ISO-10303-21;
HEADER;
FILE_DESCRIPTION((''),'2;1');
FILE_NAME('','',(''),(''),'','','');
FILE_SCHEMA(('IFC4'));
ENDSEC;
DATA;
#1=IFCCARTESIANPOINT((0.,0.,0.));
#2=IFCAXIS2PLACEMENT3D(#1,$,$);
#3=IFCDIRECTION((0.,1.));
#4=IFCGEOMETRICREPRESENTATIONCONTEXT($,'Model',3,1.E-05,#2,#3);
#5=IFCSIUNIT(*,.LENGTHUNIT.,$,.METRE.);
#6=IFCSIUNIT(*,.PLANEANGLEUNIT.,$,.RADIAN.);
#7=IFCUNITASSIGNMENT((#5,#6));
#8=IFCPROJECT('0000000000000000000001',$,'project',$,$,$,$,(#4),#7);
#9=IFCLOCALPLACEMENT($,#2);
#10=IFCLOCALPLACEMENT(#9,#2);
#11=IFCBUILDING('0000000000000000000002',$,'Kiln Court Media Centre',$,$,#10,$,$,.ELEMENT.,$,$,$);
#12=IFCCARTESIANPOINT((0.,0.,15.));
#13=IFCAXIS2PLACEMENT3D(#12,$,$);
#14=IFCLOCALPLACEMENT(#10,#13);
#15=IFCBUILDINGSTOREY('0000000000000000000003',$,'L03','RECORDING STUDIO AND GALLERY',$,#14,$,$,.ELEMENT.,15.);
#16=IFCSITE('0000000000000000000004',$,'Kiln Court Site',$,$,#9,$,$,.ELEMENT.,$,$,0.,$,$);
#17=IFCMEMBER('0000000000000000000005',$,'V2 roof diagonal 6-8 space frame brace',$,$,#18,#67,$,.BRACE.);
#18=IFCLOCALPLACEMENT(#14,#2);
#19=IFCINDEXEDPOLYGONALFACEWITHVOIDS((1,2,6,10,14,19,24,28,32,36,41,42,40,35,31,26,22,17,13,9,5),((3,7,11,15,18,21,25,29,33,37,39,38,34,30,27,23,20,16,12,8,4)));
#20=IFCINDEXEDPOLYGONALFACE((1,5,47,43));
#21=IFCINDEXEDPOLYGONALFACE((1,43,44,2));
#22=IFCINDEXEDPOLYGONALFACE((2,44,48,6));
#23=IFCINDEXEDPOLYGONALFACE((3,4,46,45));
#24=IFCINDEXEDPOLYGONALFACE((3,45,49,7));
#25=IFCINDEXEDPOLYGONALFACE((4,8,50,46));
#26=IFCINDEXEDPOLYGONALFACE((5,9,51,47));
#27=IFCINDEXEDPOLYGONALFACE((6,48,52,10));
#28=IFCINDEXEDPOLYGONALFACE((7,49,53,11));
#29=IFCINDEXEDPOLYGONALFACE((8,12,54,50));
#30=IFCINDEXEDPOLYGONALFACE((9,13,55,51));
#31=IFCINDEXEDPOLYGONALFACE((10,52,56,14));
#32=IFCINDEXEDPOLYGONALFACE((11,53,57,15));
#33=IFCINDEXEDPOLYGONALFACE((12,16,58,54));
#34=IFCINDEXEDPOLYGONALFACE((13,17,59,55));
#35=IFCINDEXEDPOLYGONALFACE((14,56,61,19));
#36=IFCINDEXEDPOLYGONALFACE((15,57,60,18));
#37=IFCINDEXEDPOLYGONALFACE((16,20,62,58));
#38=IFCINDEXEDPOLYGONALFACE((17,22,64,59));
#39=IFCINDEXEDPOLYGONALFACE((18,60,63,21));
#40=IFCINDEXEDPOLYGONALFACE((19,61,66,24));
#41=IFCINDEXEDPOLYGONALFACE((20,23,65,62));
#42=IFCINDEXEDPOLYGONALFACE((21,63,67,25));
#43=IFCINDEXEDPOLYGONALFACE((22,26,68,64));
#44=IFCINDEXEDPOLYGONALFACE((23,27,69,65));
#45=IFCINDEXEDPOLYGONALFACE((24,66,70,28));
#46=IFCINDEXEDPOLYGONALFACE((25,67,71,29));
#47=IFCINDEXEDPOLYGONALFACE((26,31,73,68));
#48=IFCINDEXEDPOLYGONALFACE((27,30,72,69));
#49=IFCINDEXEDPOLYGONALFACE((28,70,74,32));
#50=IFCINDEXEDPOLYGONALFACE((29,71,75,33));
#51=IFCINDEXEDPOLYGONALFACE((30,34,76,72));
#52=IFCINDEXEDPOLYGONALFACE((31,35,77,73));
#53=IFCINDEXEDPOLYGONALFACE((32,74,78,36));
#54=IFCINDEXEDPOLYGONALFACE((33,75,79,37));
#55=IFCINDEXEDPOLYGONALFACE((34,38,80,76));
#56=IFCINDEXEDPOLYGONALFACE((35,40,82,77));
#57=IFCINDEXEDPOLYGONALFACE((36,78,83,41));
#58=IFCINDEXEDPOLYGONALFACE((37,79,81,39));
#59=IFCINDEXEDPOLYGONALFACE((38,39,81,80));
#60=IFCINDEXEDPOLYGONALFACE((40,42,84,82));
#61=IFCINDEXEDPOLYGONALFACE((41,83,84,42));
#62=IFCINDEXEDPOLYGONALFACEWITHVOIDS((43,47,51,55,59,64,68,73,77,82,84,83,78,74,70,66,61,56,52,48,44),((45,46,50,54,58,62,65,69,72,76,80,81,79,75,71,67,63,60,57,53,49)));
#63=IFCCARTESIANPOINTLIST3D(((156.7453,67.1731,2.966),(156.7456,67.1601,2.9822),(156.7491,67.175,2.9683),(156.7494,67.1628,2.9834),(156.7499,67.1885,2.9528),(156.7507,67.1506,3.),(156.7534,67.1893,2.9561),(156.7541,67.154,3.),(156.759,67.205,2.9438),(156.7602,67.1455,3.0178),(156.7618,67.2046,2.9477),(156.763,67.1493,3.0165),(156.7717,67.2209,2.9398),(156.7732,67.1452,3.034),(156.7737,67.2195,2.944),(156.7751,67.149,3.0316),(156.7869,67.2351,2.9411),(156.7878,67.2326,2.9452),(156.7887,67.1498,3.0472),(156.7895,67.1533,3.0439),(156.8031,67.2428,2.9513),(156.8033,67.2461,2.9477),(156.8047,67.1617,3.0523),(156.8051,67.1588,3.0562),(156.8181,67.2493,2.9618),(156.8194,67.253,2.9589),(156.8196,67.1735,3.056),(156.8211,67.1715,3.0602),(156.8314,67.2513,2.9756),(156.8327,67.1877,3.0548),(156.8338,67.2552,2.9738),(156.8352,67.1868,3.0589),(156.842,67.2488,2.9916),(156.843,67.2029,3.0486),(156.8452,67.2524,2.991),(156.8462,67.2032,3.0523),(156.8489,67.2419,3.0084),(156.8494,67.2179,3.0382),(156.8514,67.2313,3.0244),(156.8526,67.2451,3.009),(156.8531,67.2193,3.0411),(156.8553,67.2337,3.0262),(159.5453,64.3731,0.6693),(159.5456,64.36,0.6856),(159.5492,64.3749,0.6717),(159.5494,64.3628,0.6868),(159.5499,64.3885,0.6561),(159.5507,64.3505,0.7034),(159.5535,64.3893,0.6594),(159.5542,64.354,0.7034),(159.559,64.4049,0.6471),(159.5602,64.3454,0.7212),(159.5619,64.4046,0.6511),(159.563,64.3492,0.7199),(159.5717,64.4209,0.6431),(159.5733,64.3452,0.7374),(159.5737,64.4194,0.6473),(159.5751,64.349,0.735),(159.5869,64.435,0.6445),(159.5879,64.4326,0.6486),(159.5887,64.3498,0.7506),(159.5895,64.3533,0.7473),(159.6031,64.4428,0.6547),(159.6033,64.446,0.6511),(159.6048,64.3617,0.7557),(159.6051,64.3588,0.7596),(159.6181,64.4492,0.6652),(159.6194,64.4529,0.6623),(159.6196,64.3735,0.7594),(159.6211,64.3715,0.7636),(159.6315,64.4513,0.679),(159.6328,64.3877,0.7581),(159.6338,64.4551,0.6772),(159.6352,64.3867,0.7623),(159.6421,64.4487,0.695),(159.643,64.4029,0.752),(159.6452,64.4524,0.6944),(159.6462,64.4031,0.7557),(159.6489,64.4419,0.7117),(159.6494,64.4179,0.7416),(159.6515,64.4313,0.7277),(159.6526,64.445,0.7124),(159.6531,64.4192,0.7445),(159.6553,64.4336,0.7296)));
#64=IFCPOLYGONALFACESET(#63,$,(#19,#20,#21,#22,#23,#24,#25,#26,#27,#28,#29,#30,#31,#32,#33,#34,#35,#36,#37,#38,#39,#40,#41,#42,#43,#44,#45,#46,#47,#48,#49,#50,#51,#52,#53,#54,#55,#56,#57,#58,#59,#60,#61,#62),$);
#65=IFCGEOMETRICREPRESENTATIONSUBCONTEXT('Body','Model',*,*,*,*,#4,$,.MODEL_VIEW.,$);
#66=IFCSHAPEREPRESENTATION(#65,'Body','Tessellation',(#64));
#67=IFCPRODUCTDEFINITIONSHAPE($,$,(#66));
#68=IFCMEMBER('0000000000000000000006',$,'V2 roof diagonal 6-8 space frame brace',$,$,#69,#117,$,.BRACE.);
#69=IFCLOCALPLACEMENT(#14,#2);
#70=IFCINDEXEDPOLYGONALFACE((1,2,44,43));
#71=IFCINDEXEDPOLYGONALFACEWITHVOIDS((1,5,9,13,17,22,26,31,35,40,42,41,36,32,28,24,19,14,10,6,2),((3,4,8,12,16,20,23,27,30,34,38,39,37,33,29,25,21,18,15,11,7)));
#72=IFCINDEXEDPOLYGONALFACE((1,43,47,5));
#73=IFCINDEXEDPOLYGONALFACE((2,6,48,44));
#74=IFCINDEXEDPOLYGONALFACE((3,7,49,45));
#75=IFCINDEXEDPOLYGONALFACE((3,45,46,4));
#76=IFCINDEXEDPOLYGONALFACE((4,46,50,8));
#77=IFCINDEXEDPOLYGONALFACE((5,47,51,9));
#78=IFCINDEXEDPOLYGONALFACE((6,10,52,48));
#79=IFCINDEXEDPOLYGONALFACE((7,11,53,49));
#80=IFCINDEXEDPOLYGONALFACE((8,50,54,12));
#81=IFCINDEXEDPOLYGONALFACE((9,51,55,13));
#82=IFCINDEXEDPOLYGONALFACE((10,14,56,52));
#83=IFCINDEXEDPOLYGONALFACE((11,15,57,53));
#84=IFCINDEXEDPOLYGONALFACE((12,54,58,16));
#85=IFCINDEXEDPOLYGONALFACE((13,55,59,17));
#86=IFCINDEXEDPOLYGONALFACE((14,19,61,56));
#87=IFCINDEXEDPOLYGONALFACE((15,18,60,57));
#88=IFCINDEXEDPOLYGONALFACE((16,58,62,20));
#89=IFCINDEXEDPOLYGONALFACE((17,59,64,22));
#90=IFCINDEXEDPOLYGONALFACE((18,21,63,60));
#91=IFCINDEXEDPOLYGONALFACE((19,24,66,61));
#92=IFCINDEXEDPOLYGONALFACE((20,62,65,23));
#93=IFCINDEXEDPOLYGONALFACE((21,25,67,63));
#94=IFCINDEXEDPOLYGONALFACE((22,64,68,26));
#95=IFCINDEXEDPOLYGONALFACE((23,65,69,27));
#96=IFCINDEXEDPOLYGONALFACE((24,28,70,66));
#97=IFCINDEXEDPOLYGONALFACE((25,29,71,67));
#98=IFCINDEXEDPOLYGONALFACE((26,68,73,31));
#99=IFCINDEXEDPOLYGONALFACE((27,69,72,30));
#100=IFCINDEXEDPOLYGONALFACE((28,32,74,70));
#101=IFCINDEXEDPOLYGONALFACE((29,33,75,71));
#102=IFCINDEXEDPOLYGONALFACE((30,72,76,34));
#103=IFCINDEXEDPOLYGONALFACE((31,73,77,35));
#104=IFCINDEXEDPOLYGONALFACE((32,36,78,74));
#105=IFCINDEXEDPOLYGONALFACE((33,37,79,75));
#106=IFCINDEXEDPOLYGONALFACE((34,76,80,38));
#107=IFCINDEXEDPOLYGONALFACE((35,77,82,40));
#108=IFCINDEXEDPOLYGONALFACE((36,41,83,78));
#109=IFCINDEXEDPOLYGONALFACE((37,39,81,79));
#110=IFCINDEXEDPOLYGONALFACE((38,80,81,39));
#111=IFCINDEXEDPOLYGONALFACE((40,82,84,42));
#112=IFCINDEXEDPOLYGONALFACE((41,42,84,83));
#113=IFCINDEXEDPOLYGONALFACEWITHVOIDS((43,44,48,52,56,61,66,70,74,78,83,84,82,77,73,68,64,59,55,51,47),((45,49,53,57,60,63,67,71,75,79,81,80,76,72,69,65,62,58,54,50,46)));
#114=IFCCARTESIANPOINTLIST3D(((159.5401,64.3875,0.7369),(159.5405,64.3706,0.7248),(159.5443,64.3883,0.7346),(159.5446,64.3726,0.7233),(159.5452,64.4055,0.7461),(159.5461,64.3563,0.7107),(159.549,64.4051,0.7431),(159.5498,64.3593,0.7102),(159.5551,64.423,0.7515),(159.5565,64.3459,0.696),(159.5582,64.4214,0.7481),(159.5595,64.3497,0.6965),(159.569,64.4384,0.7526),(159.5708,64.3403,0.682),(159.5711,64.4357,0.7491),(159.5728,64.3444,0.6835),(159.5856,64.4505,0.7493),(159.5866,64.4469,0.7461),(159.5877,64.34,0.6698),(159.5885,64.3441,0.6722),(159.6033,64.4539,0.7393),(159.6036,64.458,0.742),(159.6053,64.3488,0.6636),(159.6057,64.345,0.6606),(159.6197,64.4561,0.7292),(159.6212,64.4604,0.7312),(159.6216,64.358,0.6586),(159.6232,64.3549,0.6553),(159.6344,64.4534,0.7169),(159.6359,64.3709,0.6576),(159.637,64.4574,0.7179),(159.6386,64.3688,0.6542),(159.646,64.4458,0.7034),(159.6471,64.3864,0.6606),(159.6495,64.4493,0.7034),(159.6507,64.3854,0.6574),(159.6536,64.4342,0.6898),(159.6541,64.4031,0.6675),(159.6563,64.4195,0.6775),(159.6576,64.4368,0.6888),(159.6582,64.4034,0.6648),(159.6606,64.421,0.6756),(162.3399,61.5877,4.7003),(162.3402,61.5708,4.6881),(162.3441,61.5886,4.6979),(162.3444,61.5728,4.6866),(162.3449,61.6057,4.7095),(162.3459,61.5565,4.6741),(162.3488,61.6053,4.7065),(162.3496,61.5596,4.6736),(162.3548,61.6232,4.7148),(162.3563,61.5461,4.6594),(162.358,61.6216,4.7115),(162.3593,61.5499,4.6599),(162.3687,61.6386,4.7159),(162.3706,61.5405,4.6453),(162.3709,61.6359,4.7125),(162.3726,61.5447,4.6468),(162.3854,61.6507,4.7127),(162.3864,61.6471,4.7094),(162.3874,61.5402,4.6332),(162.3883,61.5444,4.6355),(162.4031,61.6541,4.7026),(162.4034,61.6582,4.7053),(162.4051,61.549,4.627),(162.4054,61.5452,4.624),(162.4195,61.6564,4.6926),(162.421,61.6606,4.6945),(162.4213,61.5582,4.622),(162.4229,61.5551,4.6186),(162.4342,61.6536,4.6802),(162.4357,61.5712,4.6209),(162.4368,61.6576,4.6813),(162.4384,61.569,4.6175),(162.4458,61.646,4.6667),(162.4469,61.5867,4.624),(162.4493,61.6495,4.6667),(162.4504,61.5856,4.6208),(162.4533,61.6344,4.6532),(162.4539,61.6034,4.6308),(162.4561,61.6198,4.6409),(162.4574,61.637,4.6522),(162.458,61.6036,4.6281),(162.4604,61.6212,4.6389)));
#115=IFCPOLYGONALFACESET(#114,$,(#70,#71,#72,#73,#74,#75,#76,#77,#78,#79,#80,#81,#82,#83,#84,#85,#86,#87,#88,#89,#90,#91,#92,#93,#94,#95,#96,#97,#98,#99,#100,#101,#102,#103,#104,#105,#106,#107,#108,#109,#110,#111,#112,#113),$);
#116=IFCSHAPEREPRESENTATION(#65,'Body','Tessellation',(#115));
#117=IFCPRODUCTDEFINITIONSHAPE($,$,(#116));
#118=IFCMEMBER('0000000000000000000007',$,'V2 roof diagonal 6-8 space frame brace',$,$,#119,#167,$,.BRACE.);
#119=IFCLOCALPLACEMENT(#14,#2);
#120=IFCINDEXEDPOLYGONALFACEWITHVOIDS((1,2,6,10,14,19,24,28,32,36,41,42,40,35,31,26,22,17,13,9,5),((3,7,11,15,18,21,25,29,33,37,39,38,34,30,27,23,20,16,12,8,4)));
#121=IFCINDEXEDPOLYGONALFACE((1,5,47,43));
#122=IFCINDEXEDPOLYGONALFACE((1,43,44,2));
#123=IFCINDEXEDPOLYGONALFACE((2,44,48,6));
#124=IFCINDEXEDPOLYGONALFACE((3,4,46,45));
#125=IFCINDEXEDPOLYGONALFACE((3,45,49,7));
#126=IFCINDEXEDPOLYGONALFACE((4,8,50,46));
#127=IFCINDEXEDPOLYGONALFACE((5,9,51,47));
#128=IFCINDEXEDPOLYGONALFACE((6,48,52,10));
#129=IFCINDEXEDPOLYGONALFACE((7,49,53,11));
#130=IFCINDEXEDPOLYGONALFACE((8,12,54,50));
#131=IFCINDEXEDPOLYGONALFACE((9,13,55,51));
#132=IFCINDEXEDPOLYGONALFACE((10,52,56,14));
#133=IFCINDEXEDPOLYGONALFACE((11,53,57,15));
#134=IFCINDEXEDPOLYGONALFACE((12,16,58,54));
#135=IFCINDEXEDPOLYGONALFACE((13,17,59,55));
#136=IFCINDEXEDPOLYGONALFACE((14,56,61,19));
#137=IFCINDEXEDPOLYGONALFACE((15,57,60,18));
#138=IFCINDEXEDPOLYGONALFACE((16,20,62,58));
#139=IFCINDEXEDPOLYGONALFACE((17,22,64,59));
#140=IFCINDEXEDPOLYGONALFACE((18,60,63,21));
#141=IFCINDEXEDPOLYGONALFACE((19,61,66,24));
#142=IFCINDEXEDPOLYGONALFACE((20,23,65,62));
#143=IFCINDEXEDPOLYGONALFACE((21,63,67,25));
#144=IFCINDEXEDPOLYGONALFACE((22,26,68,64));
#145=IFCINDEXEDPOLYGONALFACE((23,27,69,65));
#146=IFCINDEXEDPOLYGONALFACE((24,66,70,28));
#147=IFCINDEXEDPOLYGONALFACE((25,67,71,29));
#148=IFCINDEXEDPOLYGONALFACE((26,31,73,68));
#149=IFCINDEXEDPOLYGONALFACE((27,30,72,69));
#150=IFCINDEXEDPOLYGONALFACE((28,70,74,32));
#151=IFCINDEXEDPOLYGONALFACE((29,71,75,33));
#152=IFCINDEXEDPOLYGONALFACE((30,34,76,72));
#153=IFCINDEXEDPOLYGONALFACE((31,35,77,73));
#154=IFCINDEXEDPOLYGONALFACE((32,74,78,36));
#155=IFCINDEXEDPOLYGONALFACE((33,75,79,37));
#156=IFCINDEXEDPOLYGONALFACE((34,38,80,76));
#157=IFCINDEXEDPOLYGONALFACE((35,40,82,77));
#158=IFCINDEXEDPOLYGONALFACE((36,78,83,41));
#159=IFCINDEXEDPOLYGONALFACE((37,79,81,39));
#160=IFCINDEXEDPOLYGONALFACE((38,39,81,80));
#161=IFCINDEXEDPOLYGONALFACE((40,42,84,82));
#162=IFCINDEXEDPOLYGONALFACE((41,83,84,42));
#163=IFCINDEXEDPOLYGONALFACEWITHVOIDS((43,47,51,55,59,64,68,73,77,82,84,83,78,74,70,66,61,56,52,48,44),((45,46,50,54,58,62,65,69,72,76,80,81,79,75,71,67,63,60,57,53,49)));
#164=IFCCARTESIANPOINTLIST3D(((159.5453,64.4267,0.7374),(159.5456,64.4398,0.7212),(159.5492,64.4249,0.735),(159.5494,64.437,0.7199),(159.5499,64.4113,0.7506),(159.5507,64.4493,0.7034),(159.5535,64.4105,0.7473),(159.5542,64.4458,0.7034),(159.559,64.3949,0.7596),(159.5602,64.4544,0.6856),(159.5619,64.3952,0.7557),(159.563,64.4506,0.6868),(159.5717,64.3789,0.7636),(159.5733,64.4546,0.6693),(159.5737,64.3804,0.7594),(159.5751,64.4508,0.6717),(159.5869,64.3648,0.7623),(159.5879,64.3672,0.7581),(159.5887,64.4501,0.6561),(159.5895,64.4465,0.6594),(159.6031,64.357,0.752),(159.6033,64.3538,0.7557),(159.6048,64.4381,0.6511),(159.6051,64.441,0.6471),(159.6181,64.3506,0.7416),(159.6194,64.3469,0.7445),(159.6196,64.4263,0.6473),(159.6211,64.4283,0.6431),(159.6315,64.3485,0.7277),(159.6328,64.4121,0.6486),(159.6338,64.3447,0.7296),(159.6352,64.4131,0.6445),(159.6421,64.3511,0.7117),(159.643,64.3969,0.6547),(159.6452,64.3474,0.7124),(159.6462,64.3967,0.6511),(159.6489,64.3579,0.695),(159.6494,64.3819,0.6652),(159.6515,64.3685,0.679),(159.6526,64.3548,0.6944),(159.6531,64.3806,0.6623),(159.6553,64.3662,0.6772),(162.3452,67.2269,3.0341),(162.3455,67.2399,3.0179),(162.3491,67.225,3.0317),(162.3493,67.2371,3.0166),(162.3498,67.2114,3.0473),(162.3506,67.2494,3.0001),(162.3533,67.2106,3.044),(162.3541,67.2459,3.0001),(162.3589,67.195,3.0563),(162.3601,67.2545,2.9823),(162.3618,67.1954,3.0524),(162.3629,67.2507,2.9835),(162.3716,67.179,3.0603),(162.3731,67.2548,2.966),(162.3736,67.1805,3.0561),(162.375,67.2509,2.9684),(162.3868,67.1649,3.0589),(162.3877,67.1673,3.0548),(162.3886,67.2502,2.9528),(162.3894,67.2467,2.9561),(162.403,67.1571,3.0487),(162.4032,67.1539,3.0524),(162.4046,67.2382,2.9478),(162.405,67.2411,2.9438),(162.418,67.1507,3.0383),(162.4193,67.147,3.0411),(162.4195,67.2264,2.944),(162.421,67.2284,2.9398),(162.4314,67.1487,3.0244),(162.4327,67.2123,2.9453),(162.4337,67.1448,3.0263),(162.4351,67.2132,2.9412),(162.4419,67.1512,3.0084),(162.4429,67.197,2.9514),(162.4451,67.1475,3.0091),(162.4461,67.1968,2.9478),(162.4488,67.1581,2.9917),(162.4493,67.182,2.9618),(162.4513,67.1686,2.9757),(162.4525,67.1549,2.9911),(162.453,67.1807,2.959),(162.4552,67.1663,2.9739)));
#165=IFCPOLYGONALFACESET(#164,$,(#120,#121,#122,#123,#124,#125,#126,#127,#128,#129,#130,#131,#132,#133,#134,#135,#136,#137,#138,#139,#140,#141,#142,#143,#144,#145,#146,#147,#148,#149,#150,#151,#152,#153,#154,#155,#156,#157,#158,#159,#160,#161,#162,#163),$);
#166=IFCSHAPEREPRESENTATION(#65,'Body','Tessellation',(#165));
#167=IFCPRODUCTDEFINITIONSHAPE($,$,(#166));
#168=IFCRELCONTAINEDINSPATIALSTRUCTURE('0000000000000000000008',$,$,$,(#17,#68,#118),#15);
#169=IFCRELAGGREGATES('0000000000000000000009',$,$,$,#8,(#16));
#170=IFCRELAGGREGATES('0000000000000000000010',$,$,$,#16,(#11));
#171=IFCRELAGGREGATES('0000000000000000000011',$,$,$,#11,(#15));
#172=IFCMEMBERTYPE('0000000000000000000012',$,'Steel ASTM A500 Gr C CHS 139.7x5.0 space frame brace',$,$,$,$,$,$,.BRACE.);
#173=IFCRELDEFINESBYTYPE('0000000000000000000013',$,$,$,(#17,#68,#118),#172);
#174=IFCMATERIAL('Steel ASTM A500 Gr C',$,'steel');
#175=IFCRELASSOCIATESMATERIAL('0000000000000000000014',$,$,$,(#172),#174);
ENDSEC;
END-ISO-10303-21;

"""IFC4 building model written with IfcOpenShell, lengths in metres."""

from ifc_helpers import new_model, si_unit, direction, frame, origin, origin_2d, place, context, subcontext, project, spatial, hollow_circle, extrude, material, material_profile, profile_set, type_object, element, save


model = new_model("IFC4")

# Units and contexts
model_context = context("Model", 3, precision=1e-05, world=origin(), true_north=direction((0.0, 1.0)))
body_context = subcontext(model_context, "Body", "Model", "MODEL_VIEW")
ifc_project = project(units=[si_unit("LENGTHUNIT", "METRE"), si_unit("PLANEANGLEUNIT", "RADIAN")], contexts=[model_context])

# Site, building, storey
site_placement = place(None, origin())
site = spatial("IfcSite", under=ifc_project, at=site_placement, Name="Kiln Court Site", CompositionType="ELEMENT", RefElevation=0.0)
building_placement = place(site_placement, origin())
building = spatial("IfcBuilding", under=site, at=building_placement, Name="Kiln Court Media Centre", CompositionType="ELEMENT")
storey_placement = place(building_placement, frame((0.0, 0.0, 15.0)))
storey = spatial("IfcBuildingStorey", under=building, at=storey_placement, Name="L03", Description="RECORDING STUDIO AND GALLERY", CompositionType="ELEMENT", Elevation=15.0)

# Members
ifc_material_1 = material(Name="Steel ASTM A500 Gr C", Category="steel")
ifc_material_profile_1 = material_profile(ifc_material_1, hollow_circle(Radius=0.0698, WallThickness=0.0049, at=origin_2d()), Name="CHS 139.7x5.0")
ifc_profile_set_1 = profile_set([ifc_material_profile_1], Name="Steel ASTM A500 Gr C")
member_type_1 = type_object("IfcMemberType", Name="Steel ASTM A500 Gr C CHS 139.7x5.0 space frame brace", PredefinedType="BRACE", material=ifc_profile_set_1)
member_1_placement = place(storey_placement, frame((159.6001, 64.3999, 0.7034), z_axis=(-0.611676, 0.611676, 0.501703), x_axis=(-0.707107, -0.707107, 0.0)))
element("IfcMember", 1, at=member_1_placement, inside=storey, type_object=member_type_1, Name="V2 roof diagonal 6-8 space frame brace", PredefinedType="BRACE", context=body_context, shape_type="SweptSolid", body=[
    extrude(hollow_circle(Radius=0.0698, WallThickness=0.0049, at=origin_2d()), origin(), (0.0, 0.0, 1.0), 4.5776),
])
member_2_placement = place(storey_placement, frame((159.6001, 64.3999, 0.7034), z_axis=(0.499757, -0.499757, 0.707451), x_axis=(0.707107, 0.707107, 0.0)))
element("IfcMember", 2, at=member_2_placement, inside=storey, type_object=member_type_1, Name="V2 roof diagonal 6-8 space frame brace", PredefinedType="BRACE", context=body_context, shape_type="SweptSolid", body=[
    extrude(hollow_circle(Radius=0.0698, WallThickness=0.0049, at=origin_2d()), origin(), (0.0, 0.0, 1.0), 5.6023),
])
member_3_placement = place(storey_placement, frame((159.6001, 64.3999, 0.7034), z_axis=(0.611642, 0.611696, 0.501719), x_axis=(-0.707138, 0.707076, 0.0)))
element("IfcMember", 3, at=member_3_placement, inside=storey, type_object=member_type_1, Name="V2 roof diagonal 6-8 space frame brace", PredefinedType="BRACE", context=body_context, shape_type="SweptSolid", body=[
    extrude(hollow_circle(Radius=0.0698, WallThickness=0.0049, at=origin_2d()), origin(), (0.0, 0.0, 1.0), 4.5776),
])

save(model, "model.ifc")
